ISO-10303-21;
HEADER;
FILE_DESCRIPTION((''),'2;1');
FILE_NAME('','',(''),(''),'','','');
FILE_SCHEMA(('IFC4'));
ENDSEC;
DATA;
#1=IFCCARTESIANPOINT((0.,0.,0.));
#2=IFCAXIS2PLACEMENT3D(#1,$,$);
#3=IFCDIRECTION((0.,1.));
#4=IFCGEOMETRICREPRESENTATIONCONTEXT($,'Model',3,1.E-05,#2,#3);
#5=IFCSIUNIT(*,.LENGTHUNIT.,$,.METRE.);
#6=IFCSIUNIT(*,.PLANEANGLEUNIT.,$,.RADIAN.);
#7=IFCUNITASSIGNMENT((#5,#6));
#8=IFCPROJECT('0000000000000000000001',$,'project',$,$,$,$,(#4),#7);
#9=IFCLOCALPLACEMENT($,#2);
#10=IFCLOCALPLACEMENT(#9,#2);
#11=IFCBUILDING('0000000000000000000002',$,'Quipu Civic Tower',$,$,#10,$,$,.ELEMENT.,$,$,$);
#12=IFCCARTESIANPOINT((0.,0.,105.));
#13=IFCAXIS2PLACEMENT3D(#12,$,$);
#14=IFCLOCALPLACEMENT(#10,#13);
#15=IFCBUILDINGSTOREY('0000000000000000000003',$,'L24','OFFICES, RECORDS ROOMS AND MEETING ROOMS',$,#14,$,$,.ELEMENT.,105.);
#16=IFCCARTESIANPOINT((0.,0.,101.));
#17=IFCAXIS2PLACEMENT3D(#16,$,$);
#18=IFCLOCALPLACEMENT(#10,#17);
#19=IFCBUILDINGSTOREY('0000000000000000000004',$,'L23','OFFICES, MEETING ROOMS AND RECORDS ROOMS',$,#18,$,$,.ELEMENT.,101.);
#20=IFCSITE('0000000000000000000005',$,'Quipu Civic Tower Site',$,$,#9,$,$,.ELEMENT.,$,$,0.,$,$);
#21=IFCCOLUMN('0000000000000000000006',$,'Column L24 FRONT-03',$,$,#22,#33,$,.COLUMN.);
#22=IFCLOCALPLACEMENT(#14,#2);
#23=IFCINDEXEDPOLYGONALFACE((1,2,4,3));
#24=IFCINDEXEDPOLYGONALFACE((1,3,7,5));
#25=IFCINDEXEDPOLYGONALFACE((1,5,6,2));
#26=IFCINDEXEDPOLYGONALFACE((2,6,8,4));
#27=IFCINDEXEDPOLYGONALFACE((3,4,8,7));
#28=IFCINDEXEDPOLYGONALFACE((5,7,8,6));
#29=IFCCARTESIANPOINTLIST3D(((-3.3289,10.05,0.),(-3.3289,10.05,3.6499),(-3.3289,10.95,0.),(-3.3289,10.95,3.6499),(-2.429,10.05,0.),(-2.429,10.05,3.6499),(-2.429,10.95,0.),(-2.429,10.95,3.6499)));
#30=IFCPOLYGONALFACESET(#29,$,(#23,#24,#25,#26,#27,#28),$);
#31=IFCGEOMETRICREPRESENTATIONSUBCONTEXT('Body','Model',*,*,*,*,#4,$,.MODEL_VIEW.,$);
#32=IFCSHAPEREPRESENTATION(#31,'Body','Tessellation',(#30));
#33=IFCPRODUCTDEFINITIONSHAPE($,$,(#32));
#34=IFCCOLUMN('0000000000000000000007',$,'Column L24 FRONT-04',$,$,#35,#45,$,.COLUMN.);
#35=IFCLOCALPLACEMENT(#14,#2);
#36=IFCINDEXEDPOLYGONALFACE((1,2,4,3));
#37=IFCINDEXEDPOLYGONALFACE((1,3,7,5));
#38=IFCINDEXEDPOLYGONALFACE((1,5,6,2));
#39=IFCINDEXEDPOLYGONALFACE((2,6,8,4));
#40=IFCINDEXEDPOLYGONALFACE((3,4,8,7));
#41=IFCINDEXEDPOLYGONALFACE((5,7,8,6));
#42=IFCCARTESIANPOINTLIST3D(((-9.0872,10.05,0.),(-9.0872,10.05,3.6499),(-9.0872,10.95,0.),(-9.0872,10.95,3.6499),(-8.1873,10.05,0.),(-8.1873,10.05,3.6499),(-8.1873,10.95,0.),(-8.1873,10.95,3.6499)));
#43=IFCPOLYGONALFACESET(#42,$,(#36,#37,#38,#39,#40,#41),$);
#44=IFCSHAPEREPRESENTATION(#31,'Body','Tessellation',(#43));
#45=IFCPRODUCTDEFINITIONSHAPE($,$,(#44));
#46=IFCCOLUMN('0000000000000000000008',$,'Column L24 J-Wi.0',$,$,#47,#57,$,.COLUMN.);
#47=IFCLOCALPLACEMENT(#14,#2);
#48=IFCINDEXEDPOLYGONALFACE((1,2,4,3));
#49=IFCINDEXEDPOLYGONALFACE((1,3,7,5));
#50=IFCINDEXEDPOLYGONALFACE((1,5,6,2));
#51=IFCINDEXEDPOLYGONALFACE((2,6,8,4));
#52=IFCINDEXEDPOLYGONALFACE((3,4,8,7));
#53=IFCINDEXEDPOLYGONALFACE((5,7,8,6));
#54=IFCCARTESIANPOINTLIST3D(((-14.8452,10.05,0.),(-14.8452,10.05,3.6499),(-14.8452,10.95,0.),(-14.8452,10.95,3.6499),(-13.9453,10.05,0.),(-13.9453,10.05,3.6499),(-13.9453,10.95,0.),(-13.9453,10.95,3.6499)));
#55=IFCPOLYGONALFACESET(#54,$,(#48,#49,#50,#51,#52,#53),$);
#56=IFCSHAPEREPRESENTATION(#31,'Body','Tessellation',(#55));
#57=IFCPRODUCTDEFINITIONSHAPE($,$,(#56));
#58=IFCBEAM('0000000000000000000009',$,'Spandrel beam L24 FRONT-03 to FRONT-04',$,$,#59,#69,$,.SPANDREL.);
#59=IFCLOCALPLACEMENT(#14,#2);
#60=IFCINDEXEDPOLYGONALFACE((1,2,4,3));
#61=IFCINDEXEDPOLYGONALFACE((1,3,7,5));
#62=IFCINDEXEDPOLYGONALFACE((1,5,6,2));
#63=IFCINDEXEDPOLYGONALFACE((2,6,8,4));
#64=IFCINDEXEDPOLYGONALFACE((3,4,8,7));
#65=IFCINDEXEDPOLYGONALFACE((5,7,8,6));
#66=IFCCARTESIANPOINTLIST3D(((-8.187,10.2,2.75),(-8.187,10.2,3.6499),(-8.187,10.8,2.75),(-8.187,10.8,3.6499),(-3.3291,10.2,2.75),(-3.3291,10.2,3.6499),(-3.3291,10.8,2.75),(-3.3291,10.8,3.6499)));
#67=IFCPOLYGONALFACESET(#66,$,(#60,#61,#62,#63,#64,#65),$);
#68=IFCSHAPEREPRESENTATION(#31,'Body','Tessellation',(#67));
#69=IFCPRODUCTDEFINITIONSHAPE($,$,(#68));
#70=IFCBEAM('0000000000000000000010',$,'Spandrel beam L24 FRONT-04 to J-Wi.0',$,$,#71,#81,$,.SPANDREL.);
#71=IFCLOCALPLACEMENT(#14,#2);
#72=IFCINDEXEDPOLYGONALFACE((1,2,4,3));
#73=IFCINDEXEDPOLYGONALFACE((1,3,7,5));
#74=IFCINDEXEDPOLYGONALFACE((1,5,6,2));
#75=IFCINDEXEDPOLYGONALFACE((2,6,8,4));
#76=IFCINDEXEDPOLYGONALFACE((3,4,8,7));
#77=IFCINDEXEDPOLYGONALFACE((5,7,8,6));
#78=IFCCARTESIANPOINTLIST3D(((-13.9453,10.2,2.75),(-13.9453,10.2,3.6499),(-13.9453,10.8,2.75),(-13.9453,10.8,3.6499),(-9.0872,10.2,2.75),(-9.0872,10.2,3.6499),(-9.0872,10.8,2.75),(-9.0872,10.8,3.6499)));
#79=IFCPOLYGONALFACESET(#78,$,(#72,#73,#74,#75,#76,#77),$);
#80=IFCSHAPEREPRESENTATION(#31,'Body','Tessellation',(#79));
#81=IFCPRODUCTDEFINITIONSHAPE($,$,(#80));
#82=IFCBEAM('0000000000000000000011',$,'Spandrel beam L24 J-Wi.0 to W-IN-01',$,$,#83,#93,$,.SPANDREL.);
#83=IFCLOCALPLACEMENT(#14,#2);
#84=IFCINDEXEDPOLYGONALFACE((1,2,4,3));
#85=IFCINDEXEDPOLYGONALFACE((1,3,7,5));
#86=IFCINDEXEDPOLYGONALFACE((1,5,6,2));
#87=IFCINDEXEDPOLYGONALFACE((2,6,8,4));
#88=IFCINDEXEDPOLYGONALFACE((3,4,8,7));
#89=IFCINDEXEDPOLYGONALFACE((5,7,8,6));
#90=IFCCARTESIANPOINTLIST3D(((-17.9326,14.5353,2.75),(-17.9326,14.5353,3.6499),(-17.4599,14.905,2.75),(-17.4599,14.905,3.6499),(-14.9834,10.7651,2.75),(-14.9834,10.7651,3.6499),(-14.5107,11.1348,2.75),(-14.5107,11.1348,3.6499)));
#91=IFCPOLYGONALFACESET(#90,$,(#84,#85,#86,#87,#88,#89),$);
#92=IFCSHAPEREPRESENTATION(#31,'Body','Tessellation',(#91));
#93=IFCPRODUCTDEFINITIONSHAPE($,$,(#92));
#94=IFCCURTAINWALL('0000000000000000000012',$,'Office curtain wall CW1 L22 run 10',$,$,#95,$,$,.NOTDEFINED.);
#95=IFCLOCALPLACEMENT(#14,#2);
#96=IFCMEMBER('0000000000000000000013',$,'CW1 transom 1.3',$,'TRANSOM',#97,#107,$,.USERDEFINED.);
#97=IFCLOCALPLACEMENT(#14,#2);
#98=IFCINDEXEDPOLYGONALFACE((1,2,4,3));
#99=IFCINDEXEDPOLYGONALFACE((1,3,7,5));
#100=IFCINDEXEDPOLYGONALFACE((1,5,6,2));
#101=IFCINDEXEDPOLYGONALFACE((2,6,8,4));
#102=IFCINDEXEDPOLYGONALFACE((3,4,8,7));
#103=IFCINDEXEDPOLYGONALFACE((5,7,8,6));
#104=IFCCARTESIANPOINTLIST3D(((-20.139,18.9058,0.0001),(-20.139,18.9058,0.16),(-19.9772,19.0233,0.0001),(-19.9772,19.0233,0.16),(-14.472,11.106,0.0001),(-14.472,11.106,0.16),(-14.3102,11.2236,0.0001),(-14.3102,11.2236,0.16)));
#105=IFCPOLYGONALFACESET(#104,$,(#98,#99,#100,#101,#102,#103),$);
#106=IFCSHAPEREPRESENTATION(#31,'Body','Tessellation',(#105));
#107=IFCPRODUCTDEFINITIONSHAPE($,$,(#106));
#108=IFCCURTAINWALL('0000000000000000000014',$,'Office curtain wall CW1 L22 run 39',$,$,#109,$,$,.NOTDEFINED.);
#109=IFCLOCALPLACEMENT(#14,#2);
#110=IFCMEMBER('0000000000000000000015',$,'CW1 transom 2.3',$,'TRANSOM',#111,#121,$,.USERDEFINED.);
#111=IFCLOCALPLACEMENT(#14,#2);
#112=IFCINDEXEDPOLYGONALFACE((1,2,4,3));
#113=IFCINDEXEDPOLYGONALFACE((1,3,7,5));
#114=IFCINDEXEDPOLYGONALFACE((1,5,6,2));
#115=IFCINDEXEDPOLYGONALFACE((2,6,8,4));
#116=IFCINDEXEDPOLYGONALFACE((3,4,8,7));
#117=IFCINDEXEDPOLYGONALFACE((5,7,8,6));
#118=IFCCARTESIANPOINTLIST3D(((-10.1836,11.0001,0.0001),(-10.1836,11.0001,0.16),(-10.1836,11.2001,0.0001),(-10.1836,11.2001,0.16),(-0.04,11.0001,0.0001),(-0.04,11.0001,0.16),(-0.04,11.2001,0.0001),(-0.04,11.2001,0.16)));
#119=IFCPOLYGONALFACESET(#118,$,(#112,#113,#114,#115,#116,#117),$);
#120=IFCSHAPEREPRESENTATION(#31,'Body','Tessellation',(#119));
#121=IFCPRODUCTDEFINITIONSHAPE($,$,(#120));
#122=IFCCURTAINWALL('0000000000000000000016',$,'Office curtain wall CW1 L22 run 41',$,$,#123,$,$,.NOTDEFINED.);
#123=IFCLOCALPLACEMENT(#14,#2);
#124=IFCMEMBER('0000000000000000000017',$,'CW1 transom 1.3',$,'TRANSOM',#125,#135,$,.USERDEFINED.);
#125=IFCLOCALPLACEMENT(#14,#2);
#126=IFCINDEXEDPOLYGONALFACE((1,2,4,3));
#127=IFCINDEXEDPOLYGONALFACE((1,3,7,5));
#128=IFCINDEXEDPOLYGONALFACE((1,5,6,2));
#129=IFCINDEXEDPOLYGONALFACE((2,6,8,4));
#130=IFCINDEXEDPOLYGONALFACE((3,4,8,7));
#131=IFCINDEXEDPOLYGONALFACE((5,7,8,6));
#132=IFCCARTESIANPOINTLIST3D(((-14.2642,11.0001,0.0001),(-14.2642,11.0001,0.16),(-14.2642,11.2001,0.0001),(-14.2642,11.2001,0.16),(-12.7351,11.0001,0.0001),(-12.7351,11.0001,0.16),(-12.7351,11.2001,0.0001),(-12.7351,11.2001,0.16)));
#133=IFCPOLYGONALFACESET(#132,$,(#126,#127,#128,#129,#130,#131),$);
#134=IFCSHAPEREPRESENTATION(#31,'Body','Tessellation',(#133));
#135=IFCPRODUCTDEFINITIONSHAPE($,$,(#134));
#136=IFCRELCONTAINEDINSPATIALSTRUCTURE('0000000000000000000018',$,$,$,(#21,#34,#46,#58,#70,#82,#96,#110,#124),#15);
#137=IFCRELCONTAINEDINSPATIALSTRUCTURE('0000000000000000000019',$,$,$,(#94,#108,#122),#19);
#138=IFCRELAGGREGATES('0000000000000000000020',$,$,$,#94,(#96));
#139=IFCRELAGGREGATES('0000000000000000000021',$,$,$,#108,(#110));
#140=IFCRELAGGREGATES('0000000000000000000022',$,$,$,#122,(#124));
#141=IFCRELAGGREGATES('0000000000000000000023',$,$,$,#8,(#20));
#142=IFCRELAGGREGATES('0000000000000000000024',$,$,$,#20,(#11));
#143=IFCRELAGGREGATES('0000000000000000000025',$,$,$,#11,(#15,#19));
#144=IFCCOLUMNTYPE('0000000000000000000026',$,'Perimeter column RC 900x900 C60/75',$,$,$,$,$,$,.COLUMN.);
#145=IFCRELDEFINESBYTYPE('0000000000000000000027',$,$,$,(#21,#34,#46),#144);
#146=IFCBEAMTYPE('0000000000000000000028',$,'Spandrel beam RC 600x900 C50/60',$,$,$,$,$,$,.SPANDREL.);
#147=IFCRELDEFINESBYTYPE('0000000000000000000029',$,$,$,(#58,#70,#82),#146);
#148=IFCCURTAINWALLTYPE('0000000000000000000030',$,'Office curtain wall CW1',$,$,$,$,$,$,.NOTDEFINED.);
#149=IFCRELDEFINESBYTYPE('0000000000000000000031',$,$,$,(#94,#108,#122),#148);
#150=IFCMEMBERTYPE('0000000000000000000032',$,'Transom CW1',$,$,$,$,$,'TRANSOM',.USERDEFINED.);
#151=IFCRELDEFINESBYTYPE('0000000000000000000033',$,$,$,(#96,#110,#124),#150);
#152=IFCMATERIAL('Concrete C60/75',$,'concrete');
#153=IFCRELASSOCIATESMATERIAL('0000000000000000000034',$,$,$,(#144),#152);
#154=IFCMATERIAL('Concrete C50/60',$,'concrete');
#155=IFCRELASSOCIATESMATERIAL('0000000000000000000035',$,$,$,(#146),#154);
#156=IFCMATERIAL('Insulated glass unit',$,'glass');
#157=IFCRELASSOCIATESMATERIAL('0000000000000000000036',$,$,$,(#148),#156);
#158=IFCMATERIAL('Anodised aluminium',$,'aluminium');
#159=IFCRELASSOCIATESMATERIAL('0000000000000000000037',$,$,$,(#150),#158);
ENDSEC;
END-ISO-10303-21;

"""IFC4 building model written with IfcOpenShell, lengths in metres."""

from ifc_helpers import new_model, si_unit, direction, frame, origin, origin_2d, place, context, subcontext, project, spatial, rectangle, extrude, material, material_profile, profile_set, type_object, element, aggregate, save


model = new_model("IFC4")

# Units and contexts
model_context = context("Model", 3, precision=1e-05, world=origin(), true_north=direction((0.0, 1.0)))
body_context = subcontext(model_context, "Body", "Model", "MODEL_VIEW")
ifc_project = project(units=[si_unit("LENGTHUNIT", "METRE"), si_unit("PLANEANGLEUNIT", "RADIAN")], contexts=[model_context])

# Site, building, storey
site_placement = place(None, origin())
site = spatial("IfcSite", under=ifc_project, at=site_placement, Name="Quipu Civic Tower Site", CompositionType="ELEMENT", RefElevation=0.0)
building_placement = place(site_placement, origin())
building = spatial("IfcBuilding", under=site, at=building_placement, Name="Quipu Civic Tower", CompositionType="ELEMENT")
storey_1_placement = place(building_placement, frame((0.0, 0.0, 105.0)))
storey_1 = spatial("IfcBuildingStorey", under=building, at=storey_1_placement, Name="L24", Description="OFFICES, RECORDS ROOMS AND MEETING ROOMS", CompositionType="ELEMENT", Elevation=105.0)

# Columns
ifc_material_1 = material(Name="Concrete C60/75", Category="concrete")
ifc_material_profile_1 = material_profile(ifc_material_1, rectangle(XDim=0.8999, YDim=0.8999, at=origin_2d()), Name="RC900x900")
ifc_profile_set_1 = profile_set([ifc_material_profile_1], Name="Concrete C60/75")
column_type = type_object("IfcColumnType", Name="Perimeter column RC 900x900 C60/75", PredefinedType="COLUMN", material=ifc_profile_set_1)
for number, where, z_axis, x_axis, name in (
    (1, (-2.8789, 10.5, 0.0), (0.0, 0.0, 1.0), (-1.0, 0.0, 0.0), "Column L24 FRONT-03"),
    (2, (-8.6372, 10.5, 0.0), (0.0, 0.0, 1.0), (-1.0, 0.0, 0.0), "Column L24 FRONT-04"),
    (3, (-14.3953, 10.5, 0.0), (0.0, 0.0, 1.0), (-1.0, 0.0, 0.0), "Column L24 J-Wi.0"),
):
    element("IfcColumn", number, at=place(storey_1_placement, frame(where, z_axis=z_axis, x_axis=x_axis)), inside=storey_1, type_object=column_type, Name=name, PredefinedType="COLUMN", context=body_context, shape_type="SweptSolid", body=[
        extrude(rectangle(XDim=0.8999, YDim=0.8999, at=origin_2d()), origin(), (0.0, 0.0, 1.0), 3.6499),
    ])

# Beams
ifc_material_2 = material(Name="Concrete C50/60", Category="concrete")
ifc_material_profile_2 = material_profile(ifc_material_2, rectangle(XDim=0.6001, YDim=0.8999, at=origin_2d()), Name="RC600x900")
ifc_profile_set_2 = profile_set([ifc_material_profile_2], Name="Concrete C50/60")
beam_type = type_object("IfcBeamType", Name="Spandrel beam RC 600x900 C50/60", PredefinedType="SPANDREL", material=ifc_profile_set_2)
beam_1_placement = place(storey_1_placement, frame((-3.3291, 10.5, 3.2), z_axis=(-1.0, 0.0, 0.0), x_axis=(0.0, -1.0, 0.0)))
element("IfcBeam", 4, at=beam_1_placement, inside=storey_1, type_object=beam_type, Name="Spandrel beam L24 FRONT-03 to FRONT-04", PredefinedType="SPANDREL", context=body_context, shape_type="SweptSolid", body=[
    extrude(rectangle(XDim=0.6001, YDim=0.8999, at=origin_2d()), origin(), (0.0, 0.0, 1.0), 4.8579),
])
beam_2_placement = place(storey_1_placement, frame((-9.0872, 10.5, 3.2), z_axis=(-1.0, 0.0, 0.0), x_axis=(0.0, -1.0, 0.0)))
element("IfcBeam", 5, at=beam_2_placement, inside=storey_1, type_object=beam_type, Name="Spandrel beam L24 FRONT-04 to J-Wi.0", PredefinedType="SPANDREL", context=body_context, shape_type="SweptSolid", body=[
    extrude(rectangle(XDim=0.6001, YDim=0.8999, at=origin_2d()), origin(), (0.0, 0.0, 1.0), 4.8582),
])
beam_3_placement = place(storey_1_placement, frame((-14.7471, 10.95, 3.2), z_axis=(-0.616124, 0.787649, 0.0), x_axis=(-0.787649, -0.616124, 0.0)))
element("IfcBeam", 6, at=beam_3_placement, inside=storey_1, type_object=beam_type, Name="Spandrel beam L24 J-Wi.0 to W-IN-01", PredefinedType="SPANDREL", context=body_context, shape_type="SweptSolid", body=[
    extrude(rectangle(XDim=0.6001, YDim=0.8999, at=origin_2d()), origin(), (0.0, 0.0, 1.0), 4.7866),
])

# Shared definitions
storey_2_placement = place(building_placement, frame((0.0, 0.0, 101.0)))
storey_2 = spatial("IfcBuildingStorey", under=building, at=storey_2_placement, Name="L23", Description="OFFICES, MEETING ROOMS AND RECORDS ROOMS", CompositionType="ELEMENT", Elevation=101.0)

# Curtain walls, members
ifc_material_3 = material(Name="Insulated glass unit", Category="glass")
curtain_wall_type = type_object("IfcCurtainWallType", Name="Office curtain wall CW1", PredefinedType="NOTDEFINED", material=ifc_material_3)
curtain_wall_1_placement = place(storey_2_placement, origin())
curtain_wall_1 = element("IfcCurtainWall", 7, at=curtain_wall_1_placement, inside=storey_2, type_object=curtain_wall_type, Name="Office curtain wall CW1 L22 run 10", PredefinedType="NOTDEFINED")
ifc_material_4 = material(Name="Anodised aluminium", Category="aluminium")
ifc_material_profile_3 = material_profile(ifc_material_4, rectangle(XDim=0.2, YDim=0.1599, at=origin_2d()), Name="RECT 200x160")
ifc_profile_set_3 = profile_set([ifc_material_profile_3], Name="Anodised aluminium")
member_type = type_object("IfcMemberType", Name="Transom CW1", ElementType="TRANSOM", PredefinedType="USERDEFINED", material=ifc_profile_set_3)
member_1_placement = place(storey_1_placement, frame((-14.3911, 11.1648, 0.0801), z_axis=(-0.587792, 0.809012, 0.0), x_axis=(-0.809012, -0.587792, 0.0)))
member_1 = element("IfcMember", 8, at=member_1_placement, inside=storey_1, type_object=member_type, Name="CW1 transom 1.3", ObjectType="TRANSOM", PredefinedType="USERDEFINED", context=body_context, shape_type="SweptSolid", body=[
    extrude(rectangle(XDim=0.2, YDim=0.1599, at=origin_2d()), origin(), (0.0, 0.0, 1.0), 9.6411),
])
aggregate(curtain_wall_1, [member_1])
curtain_wall_2_placement = place(storey_2_placement, origin())
curtain_wall_2 = element("IfcCurtainWall", 9, at=curtain_wall_2_placement, inside=storey_2, type_object=curtain_wall_type, Name="Office curtain wall CW1 L22 run 39", PredefinedType="NOTDEFINED")
member_2_placement = place(storey_1_placement, frame((-0.04, 11.1001, 0.0801), z_axis=(-1.0, 0.0, 0.0), x_axis=(0.0, -1.0, 0.0)))
member_2 = element("IfcMember", 10, at=member_2_placement, inside=storey_1, type_object=member_type, Name="CW1 transom 2.3", ObjectType="TRANSOM", PredefinedType="USERDEFINED", context=body_context, shape_type="SweptSolid", body=[
    extrude(rectangle(XDim=0.2, YDim=0.1599, at=origin_2d()), origin(), (0.0, 0.0, 1.0), 10.1436),
])
curtain_wall_3_placement = place(storey_2_placement, origin())
curtain_wall_3 = element("IfcCurtainWall", 11, at=curtain_wall_3_placement, inside=storey_2, type_object=curtain_wall_type, Name="Office curtain wall CW1 L22 run 41", PredefinedType="NOTDEFINED")
member_3_placement = place(storey_1_placement, frame((-12.7351, 11.1001, 0.0801), z_axis=(-1.0, 0.0, 0.0), x_axis=(0.0, -1.0, 0.0)))
member_3 = element("IfcMember", 12, at=member_3_placement, inside=storey_1, type_object=member_type, Name="CW1 transom 1.3", ObjectType="TRANSOM", PredefinedType="USERDEFINED", context=body_context, shape_type="SweptSolid", body=[
    extrude(rectangle(XDim=0.2, YDim=0.1599, at=origin_2d()), origin(), (0.0, 0.0, 1.0), 1.5291),
])

aggregate(curtain_wall_2, [member_2])
aggregate(curtain_wall_3, [member_3])

save(model, "model.ifc")
